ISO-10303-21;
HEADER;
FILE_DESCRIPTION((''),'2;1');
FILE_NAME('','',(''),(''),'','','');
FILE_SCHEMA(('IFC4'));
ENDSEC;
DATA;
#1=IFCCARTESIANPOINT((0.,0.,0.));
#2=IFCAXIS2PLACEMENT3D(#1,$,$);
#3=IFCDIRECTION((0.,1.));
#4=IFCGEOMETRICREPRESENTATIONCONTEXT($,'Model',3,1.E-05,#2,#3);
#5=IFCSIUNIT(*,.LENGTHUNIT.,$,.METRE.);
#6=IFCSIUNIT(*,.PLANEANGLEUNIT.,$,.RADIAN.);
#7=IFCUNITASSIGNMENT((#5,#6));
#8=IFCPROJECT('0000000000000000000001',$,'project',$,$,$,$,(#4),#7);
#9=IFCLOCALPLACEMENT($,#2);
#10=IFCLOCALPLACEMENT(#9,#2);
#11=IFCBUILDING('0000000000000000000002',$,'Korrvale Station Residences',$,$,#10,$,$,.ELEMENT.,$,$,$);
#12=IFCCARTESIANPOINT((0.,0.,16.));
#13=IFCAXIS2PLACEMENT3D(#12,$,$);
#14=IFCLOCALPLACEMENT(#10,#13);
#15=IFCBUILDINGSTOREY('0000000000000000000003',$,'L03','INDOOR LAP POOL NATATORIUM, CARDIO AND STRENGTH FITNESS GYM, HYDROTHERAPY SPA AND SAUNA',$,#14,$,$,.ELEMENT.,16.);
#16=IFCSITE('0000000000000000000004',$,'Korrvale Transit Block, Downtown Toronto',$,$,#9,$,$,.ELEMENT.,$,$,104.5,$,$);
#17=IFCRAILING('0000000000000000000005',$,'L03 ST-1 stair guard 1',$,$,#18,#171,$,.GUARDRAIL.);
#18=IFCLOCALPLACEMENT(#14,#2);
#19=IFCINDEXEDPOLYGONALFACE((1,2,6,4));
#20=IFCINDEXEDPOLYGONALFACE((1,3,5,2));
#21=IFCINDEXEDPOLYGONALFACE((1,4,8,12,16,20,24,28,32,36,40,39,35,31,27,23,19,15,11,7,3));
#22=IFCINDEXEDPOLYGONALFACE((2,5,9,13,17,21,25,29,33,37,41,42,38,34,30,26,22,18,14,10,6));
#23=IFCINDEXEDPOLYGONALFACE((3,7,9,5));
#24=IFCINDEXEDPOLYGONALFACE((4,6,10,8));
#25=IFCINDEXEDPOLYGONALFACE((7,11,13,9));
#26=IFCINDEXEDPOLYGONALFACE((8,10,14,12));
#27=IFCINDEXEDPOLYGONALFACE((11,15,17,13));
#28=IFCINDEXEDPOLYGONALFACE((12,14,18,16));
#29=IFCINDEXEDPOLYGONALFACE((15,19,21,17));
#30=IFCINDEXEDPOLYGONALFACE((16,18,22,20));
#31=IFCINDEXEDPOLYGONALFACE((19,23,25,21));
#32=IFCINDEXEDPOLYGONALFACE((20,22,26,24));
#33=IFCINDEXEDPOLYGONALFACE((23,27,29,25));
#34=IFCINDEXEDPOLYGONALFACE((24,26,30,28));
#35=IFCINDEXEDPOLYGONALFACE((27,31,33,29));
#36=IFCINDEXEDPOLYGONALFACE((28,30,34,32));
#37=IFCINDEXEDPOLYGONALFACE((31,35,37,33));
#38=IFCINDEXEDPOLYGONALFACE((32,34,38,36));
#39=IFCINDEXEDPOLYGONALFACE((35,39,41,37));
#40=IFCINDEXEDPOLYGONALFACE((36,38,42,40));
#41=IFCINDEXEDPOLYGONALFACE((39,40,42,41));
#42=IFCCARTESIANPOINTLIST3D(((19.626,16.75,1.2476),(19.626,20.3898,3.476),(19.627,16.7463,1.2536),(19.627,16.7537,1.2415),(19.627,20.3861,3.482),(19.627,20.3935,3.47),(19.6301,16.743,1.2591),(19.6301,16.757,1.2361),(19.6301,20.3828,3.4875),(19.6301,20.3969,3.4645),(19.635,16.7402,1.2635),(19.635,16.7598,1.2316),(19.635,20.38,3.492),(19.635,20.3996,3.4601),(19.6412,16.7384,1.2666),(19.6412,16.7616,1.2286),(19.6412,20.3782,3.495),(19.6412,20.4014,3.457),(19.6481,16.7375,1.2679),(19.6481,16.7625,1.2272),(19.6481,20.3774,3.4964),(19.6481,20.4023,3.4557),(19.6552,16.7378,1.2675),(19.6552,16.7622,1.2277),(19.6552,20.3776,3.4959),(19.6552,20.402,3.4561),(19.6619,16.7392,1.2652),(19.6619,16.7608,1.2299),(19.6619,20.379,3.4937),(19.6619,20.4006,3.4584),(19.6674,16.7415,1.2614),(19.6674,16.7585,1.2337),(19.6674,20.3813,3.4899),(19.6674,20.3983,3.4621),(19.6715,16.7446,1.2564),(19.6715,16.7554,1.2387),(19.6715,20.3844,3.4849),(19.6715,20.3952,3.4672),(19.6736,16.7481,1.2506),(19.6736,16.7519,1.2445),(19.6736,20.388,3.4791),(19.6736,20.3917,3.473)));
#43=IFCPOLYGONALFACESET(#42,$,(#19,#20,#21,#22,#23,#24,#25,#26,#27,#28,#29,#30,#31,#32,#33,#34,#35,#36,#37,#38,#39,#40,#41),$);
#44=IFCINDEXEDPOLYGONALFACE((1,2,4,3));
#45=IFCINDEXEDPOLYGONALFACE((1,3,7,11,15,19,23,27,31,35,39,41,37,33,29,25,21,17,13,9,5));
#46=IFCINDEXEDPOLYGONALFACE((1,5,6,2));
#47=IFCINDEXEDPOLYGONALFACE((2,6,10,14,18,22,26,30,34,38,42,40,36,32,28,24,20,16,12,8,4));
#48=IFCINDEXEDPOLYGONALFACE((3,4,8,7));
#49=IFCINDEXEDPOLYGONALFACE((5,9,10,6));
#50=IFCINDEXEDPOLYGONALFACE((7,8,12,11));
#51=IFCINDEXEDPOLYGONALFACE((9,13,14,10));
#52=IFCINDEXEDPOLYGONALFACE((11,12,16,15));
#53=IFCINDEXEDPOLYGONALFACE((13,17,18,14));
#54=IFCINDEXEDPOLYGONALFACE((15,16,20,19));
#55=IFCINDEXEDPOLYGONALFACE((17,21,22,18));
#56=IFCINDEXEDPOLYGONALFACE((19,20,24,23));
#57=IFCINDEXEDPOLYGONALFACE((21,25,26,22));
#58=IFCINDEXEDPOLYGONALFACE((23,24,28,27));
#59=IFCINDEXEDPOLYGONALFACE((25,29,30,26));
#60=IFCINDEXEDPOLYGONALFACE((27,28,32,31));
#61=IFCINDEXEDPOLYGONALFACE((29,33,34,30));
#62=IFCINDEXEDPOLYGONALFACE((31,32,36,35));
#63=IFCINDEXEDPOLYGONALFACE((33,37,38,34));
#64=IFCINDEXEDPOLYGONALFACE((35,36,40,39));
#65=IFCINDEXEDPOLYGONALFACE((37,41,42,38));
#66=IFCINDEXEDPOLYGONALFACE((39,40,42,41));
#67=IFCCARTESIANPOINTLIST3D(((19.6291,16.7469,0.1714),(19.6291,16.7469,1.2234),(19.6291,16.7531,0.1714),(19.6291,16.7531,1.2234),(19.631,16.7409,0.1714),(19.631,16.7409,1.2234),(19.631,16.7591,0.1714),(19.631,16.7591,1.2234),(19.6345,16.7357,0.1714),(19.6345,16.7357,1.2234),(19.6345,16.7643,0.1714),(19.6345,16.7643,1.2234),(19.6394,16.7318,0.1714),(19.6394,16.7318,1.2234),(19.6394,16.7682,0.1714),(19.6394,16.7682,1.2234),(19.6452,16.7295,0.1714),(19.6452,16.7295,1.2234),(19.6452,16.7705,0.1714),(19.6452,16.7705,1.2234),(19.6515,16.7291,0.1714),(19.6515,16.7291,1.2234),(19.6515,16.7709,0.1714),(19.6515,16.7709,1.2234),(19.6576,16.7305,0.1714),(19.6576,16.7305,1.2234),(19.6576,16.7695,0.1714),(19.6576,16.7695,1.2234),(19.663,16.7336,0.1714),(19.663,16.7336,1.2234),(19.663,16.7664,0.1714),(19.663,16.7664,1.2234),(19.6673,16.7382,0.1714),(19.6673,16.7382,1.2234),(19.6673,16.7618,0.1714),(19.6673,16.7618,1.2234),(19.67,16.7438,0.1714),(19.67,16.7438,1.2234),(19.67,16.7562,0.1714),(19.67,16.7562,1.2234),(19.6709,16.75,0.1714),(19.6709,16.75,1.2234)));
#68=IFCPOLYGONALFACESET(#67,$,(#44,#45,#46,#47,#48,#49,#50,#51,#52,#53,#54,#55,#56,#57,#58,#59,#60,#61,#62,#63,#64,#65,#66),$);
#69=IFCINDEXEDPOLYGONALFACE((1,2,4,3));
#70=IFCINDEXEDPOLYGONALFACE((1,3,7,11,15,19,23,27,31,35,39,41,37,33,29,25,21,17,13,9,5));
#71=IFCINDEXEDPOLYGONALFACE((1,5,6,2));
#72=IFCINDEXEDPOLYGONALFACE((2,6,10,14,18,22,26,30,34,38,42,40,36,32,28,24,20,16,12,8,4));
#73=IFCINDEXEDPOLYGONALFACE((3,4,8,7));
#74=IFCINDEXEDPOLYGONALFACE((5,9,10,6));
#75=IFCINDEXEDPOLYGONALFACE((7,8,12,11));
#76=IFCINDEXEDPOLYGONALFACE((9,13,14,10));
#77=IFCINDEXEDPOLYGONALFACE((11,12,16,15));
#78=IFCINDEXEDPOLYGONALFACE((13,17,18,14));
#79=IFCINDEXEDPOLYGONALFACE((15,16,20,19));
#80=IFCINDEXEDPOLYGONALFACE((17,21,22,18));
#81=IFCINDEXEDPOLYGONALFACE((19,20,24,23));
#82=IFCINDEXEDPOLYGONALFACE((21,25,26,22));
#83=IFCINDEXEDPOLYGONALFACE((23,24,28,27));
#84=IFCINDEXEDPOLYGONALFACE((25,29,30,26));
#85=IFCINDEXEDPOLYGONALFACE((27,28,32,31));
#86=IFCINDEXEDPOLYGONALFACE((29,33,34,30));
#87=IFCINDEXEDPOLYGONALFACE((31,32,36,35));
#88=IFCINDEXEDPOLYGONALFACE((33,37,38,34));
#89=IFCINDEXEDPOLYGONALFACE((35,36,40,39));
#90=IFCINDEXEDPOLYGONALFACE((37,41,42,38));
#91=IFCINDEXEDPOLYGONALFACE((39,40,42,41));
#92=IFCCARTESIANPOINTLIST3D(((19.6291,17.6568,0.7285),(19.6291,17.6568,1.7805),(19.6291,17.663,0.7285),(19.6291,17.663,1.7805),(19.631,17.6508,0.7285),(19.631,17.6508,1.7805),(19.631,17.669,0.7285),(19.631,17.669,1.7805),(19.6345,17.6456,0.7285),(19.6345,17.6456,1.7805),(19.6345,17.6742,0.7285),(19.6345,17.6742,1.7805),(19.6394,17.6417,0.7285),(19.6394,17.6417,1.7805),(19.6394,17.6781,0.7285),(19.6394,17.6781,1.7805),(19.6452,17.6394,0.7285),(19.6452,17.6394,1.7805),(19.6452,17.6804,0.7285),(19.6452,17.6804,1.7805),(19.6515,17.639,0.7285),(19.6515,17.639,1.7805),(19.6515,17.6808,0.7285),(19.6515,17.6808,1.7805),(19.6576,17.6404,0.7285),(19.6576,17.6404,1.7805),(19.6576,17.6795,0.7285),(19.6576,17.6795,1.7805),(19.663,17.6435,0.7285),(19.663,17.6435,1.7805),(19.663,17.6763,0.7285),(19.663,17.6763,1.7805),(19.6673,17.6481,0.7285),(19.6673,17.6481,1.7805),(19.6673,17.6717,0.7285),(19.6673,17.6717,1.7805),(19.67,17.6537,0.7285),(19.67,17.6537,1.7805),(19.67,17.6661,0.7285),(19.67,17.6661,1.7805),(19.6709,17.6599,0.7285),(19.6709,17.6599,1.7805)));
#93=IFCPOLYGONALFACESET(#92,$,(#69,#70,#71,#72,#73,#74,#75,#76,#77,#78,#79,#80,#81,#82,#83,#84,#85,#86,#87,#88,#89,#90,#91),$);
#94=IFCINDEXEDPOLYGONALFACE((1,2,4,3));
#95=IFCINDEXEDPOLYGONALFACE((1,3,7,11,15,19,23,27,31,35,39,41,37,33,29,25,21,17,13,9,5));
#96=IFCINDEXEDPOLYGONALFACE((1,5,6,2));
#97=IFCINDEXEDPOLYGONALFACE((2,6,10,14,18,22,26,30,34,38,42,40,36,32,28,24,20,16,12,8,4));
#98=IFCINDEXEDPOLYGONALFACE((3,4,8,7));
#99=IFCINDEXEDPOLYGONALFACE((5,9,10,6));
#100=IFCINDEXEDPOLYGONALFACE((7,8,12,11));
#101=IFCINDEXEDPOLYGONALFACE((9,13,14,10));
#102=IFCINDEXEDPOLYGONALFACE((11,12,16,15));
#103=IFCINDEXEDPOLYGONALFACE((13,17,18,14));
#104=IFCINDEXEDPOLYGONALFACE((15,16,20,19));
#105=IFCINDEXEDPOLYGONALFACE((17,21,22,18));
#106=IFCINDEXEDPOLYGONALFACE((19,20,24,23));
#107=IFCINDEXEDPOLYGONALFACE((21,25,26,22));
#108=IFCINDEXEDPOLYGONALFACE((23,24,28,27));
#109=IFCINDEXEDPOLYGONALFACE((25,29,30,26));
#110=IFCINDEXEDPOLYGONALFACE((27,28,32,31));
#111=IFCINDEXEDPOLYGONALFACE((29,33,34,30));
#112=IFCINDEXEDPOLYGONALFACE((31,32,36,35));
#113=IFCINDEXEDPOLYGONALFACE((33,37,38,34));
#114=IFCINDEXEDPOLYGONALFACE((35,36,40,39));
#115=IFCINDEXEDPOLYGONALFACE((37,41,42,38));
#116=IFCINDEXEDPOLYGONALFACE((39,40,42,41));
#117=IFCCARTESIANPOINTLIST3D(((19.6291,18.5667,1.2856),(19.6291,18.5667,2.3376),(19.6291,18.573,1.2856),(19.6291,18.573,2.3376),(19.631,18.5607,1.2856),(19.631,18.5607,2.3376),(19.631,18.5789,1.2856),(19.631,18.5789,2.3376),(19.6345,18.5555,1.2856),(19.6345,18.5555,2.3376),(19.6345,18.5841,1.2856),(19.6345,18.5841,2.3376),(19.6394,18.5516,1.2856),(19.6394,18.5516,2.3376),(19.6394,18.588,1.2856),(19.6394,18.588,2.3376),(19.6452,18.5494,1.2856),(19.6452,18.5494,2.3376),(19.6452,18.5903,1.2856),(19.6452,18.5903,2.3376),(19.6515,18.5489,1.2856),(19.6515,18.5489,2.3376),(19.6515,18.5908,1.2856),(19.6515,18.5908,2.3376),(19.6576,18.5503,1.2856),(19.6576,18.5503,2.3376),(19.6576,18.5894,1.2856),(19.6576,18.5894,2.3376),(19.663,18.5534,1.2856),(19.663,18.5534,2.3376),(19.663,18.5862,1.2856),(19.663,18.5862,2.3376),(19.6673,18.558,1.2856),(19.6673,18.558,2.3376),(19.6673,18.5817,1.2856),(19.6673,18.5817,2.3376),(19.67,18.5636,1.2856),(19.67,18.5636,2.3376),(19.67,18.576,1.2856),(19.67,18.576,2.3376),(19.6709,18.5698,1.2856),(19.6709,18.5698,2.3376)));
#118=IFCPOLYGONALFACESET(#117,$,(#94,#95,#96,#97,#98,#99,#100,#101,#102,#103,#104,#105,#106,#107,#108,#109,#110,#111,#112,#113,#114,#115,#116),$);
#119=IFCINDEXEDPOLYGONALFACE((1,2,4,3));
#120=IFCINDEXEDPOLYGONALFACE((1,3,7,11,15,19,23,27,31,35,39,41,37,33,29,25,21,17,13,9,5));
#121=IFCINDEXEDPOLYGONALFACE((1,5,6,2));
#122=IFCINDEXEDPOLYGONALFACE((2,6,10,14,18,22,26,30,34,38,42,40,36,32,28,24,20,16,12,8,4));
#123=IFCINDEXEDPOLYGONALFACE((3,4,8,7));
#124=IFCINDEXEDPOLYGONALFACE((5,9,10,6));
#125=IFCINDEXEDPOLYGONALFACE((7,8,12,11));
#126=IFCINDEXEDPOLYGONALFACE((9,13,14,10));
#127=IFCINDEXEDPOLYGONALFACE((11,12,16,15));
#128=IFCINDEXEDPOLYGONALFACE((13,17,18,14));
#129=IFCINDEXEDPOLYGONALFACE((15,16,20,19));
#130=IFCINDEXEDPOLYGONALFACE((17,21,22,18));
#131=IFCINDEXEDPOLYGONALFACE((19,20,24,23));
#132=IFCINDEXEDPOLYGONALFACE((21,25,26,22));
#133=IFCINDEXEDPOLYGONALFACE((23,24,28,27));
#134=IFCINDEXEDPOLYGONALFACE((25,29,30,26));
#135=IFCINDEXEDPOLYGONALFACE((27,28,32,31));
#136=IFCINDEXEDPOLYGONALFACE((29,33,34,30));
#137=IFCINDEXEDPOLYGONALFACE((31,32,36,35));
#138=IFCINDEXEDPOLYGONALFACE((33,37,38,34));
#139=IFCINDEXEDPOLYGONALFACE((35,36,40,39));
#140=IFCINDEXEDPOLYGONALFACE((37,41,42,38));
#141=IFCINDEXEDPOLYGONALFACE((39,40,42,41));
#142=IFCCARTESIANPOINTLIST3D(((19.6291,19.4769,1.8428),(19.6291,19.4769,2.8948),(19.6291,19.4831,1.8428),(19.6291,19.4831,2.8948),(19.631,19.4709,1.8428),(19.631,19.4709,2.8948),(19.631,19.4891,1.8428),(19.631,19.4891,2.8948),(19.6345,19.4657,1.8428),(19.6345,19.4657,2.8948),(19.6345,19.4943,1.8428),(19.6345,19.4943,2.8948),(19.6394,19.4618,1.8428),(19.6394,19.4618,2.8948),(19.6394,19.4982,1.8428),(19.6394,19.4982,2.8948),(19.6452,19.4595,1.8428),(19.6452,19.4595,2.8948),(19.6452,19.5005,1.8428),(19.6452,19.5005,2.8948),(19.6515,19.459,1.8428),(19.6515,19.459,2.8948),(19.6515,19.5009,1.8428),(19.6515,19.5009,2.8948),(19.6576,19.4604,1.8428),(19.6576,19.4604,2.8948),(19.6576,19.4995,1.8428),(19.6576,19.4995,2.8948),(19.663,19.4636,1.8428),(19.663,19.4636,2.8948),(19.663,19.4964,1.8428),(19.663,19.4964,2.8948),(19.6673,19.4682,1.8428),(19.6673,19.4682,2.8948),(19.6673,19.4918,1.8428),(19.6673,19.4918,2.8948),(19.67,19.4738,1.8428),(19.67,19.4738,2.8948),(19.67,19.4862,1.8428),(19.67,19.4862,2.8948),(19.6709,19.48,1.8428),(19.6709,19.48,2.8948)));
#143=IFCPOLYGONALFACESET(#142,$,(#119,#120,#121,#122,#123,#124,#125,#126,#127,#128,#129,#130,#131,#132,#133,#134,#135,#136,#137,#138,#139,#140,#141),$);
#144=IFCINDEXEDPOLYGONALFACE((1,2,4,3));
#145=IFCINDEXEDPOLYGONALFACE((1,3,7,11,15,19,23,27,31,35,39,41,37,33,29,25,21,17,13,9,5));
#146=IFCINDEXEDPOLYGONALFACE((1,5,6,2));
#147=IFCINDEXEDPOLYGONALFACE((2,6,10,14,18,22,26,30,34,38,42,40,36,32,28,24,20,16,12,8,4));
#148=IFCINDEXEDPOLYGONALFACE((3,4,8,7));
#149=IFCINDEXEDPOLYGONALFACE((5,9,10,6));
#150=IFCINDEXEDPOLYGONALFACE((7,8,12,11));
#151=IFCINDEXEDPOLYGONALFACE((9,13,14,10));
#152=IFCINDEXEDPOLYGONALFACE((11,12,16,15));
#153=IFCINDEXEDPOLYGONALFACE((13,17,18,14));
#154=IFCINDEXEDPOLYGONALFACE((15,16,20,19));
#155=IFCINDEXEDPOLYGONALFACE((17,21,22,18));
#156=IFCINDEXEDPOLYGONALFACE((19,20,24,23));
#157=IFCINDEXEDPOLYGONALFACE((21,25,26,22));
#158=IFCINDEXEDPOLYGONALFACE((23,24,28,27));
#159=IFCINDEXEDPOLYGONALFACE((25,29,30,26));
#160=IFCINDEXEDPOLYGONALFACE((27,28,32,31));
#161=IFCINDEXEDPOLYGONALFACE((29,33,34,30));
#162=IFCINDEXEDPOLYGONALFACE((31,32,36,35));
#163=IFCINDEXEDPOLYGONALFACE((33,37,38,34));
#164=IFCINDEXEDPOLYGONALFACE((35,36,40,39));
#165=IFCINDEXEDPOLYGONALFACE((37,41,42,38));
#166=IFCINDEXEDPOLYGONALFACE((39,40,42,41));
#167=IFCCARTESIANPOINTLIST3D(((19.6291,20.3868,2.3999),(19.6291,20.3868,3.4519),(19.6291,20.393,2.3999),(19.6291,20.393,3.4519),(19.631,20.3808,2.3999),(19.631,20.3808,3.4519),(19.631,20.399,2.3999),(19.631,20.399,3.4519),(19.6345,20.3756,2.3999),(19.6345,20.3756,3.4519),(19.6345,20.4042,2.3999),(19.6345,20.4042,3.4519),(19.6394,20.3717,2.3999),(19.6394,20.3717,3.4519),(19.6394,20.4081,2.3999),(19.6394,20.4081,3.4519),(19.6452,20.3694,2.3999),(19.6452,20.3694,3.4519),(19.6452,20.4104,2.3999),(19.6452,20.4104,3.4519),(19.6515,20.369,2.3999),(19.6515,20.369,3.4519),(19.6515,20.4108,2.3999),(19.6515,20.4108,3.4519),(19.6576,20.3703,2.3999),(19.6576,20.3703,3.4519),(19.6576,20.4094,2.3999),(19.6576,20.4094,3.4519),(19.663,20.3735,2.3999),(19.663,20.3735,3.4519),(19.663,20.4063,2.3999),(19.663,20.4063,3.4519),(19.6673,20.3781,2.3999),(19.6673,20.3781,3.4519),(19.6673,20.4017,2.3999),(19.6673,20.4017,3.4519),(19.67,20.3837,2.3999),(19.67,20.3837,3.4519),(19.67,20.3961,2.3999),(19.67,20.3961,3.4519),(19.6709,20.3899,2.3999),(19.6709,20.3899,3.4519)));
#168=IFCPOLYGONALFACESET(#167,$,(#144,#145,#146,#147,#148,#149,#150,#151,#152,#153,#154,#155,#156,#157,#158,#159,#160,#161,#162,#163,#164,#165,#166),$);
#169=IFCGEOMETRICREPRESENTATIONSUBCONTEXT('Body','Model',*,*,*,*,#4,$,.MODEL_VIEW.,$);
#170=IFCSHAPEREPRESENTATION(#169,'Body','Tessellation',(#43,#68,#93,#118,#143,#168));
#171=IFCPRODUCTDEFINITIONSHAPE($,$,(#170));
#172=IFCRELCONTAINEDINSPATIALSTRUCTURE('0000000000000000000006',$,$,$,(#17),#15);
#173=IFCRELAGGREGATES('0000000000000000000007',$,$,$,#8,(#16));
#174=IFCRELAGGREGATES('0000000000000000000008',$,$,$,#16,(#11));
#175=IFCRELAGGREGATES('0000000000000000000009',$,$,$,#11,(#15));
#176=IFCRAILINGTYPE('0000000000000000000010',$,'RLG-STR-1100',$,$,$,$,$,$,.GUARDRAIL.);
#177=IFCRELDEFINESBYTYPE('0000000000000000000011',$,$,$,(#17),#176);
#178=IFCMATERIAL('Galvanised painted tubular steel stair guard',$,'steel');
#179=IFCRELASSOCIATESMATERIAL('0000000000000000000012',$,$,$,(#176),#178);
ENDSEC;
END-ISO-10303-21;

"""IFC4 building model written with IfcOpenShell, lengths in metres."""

from ifc_helpers import new_model, si_unit, direction, frame, origin, origin_2d, place, context, subcontext, project, spatial, circle, extrude, material, type_object, element, save


model = new_model("IFC4")

# Units and contexts
model_context = context("Model", 3, precision=1e-05, world=origin(), true_north=direction((0.0, 1.0)))
body_context = subcontext(model_context, "Body", "Model", "MODEL_VIEW")
ifc_project = project(units=[si_unit("LENGTHUNIT", "METRE"), si_unit("PLANEANGLEUNIT", "RADIAN")], contexts=[model_context])

# Site, building, storey
site_placement = place(None, origin())
site = spatial("IfcSite", under=ifc_project, at=site_placement, Name="Korrvale Transit Block, Downtown Toronto", CompositionType="ELEMENT", RefElevation=104.5)
building_placement = place(site_placement, origin())
building = spatial("IfcBuilding", under=site, at=building_placement, Name="Korrvale Station Residences", CompositionType="ELEMENT")
storey_placement = place(building_placement, frame((0.0, 0.0, 16.0)))
storey = spatial("IfcBuildingStorey", under=building, at=storey_placement, Name="L03", Description="INDOOR LAP POOL NATATORIUM, CARDIO AND STRENGTH FITNESS GYM, HYDROTHERAPY SPA AND SAUNA", CompositionType="ELEMENT", Elevation=16.0)

# Railing
ifc_material_1 = material(Name="Galvanised painted tubular steel stair guard", Category="steel")
railing_type_1 = type_object("IfcRailingType", Name="RLG-STR-1100", PredefinedType="GUARDRAIL", material=ifc_material_1)
railing_1_placement = place(storey_placement, frame((19.6499, 16.75, 0.1714)))
element("IfcRailing", 1, at=railing_1_placement, inside=storey, type_object=railing_type_1, Name="L03 ST-1 stair guard 1", PredefinedType="GUARDRAIL", context=body_context, shape_type="SweptSolid", body=[
    extrude(circle(Radius=0.0239, at=origin_2d()), frame((0.0, 0.0, 1.0762), z_axis=(0.0, 0.85285, 0.522156), x_axis=(-1.0, 0.0, 0.0)), (0.0, 0.0, 1.0), 4.2678),
    extrude(circle(Radius=0.021, at=origin_2d()), origin(), (0.0, 0.0, 1.0), 1.052),
    extrude(circle(Radius=0.021, at=origin_2d()), frame((0.0, 0.9099, 0.5571)), (0.0, 0.0, 1.0), 1.052),
    extrude(circle(Radius=0.021, at=origin_2d()), frame((0.0, 1.8198, 1.1143)), (0.0, 0.0, 1.0), 1.052),
    extrude(circle(Radius=0.021, at=origin_2d()), frame((0.0, 2.73, 1.6714)), (0.0, 0.0, 1.0), 1.052),
    extrude(circle(Radius=0.021, at=origin_2d()), frame((0.0, 3.6399, 2.2285)), (0.0, 0.0, 1.0), 1.052),
])

save(model, "model.ifc")
